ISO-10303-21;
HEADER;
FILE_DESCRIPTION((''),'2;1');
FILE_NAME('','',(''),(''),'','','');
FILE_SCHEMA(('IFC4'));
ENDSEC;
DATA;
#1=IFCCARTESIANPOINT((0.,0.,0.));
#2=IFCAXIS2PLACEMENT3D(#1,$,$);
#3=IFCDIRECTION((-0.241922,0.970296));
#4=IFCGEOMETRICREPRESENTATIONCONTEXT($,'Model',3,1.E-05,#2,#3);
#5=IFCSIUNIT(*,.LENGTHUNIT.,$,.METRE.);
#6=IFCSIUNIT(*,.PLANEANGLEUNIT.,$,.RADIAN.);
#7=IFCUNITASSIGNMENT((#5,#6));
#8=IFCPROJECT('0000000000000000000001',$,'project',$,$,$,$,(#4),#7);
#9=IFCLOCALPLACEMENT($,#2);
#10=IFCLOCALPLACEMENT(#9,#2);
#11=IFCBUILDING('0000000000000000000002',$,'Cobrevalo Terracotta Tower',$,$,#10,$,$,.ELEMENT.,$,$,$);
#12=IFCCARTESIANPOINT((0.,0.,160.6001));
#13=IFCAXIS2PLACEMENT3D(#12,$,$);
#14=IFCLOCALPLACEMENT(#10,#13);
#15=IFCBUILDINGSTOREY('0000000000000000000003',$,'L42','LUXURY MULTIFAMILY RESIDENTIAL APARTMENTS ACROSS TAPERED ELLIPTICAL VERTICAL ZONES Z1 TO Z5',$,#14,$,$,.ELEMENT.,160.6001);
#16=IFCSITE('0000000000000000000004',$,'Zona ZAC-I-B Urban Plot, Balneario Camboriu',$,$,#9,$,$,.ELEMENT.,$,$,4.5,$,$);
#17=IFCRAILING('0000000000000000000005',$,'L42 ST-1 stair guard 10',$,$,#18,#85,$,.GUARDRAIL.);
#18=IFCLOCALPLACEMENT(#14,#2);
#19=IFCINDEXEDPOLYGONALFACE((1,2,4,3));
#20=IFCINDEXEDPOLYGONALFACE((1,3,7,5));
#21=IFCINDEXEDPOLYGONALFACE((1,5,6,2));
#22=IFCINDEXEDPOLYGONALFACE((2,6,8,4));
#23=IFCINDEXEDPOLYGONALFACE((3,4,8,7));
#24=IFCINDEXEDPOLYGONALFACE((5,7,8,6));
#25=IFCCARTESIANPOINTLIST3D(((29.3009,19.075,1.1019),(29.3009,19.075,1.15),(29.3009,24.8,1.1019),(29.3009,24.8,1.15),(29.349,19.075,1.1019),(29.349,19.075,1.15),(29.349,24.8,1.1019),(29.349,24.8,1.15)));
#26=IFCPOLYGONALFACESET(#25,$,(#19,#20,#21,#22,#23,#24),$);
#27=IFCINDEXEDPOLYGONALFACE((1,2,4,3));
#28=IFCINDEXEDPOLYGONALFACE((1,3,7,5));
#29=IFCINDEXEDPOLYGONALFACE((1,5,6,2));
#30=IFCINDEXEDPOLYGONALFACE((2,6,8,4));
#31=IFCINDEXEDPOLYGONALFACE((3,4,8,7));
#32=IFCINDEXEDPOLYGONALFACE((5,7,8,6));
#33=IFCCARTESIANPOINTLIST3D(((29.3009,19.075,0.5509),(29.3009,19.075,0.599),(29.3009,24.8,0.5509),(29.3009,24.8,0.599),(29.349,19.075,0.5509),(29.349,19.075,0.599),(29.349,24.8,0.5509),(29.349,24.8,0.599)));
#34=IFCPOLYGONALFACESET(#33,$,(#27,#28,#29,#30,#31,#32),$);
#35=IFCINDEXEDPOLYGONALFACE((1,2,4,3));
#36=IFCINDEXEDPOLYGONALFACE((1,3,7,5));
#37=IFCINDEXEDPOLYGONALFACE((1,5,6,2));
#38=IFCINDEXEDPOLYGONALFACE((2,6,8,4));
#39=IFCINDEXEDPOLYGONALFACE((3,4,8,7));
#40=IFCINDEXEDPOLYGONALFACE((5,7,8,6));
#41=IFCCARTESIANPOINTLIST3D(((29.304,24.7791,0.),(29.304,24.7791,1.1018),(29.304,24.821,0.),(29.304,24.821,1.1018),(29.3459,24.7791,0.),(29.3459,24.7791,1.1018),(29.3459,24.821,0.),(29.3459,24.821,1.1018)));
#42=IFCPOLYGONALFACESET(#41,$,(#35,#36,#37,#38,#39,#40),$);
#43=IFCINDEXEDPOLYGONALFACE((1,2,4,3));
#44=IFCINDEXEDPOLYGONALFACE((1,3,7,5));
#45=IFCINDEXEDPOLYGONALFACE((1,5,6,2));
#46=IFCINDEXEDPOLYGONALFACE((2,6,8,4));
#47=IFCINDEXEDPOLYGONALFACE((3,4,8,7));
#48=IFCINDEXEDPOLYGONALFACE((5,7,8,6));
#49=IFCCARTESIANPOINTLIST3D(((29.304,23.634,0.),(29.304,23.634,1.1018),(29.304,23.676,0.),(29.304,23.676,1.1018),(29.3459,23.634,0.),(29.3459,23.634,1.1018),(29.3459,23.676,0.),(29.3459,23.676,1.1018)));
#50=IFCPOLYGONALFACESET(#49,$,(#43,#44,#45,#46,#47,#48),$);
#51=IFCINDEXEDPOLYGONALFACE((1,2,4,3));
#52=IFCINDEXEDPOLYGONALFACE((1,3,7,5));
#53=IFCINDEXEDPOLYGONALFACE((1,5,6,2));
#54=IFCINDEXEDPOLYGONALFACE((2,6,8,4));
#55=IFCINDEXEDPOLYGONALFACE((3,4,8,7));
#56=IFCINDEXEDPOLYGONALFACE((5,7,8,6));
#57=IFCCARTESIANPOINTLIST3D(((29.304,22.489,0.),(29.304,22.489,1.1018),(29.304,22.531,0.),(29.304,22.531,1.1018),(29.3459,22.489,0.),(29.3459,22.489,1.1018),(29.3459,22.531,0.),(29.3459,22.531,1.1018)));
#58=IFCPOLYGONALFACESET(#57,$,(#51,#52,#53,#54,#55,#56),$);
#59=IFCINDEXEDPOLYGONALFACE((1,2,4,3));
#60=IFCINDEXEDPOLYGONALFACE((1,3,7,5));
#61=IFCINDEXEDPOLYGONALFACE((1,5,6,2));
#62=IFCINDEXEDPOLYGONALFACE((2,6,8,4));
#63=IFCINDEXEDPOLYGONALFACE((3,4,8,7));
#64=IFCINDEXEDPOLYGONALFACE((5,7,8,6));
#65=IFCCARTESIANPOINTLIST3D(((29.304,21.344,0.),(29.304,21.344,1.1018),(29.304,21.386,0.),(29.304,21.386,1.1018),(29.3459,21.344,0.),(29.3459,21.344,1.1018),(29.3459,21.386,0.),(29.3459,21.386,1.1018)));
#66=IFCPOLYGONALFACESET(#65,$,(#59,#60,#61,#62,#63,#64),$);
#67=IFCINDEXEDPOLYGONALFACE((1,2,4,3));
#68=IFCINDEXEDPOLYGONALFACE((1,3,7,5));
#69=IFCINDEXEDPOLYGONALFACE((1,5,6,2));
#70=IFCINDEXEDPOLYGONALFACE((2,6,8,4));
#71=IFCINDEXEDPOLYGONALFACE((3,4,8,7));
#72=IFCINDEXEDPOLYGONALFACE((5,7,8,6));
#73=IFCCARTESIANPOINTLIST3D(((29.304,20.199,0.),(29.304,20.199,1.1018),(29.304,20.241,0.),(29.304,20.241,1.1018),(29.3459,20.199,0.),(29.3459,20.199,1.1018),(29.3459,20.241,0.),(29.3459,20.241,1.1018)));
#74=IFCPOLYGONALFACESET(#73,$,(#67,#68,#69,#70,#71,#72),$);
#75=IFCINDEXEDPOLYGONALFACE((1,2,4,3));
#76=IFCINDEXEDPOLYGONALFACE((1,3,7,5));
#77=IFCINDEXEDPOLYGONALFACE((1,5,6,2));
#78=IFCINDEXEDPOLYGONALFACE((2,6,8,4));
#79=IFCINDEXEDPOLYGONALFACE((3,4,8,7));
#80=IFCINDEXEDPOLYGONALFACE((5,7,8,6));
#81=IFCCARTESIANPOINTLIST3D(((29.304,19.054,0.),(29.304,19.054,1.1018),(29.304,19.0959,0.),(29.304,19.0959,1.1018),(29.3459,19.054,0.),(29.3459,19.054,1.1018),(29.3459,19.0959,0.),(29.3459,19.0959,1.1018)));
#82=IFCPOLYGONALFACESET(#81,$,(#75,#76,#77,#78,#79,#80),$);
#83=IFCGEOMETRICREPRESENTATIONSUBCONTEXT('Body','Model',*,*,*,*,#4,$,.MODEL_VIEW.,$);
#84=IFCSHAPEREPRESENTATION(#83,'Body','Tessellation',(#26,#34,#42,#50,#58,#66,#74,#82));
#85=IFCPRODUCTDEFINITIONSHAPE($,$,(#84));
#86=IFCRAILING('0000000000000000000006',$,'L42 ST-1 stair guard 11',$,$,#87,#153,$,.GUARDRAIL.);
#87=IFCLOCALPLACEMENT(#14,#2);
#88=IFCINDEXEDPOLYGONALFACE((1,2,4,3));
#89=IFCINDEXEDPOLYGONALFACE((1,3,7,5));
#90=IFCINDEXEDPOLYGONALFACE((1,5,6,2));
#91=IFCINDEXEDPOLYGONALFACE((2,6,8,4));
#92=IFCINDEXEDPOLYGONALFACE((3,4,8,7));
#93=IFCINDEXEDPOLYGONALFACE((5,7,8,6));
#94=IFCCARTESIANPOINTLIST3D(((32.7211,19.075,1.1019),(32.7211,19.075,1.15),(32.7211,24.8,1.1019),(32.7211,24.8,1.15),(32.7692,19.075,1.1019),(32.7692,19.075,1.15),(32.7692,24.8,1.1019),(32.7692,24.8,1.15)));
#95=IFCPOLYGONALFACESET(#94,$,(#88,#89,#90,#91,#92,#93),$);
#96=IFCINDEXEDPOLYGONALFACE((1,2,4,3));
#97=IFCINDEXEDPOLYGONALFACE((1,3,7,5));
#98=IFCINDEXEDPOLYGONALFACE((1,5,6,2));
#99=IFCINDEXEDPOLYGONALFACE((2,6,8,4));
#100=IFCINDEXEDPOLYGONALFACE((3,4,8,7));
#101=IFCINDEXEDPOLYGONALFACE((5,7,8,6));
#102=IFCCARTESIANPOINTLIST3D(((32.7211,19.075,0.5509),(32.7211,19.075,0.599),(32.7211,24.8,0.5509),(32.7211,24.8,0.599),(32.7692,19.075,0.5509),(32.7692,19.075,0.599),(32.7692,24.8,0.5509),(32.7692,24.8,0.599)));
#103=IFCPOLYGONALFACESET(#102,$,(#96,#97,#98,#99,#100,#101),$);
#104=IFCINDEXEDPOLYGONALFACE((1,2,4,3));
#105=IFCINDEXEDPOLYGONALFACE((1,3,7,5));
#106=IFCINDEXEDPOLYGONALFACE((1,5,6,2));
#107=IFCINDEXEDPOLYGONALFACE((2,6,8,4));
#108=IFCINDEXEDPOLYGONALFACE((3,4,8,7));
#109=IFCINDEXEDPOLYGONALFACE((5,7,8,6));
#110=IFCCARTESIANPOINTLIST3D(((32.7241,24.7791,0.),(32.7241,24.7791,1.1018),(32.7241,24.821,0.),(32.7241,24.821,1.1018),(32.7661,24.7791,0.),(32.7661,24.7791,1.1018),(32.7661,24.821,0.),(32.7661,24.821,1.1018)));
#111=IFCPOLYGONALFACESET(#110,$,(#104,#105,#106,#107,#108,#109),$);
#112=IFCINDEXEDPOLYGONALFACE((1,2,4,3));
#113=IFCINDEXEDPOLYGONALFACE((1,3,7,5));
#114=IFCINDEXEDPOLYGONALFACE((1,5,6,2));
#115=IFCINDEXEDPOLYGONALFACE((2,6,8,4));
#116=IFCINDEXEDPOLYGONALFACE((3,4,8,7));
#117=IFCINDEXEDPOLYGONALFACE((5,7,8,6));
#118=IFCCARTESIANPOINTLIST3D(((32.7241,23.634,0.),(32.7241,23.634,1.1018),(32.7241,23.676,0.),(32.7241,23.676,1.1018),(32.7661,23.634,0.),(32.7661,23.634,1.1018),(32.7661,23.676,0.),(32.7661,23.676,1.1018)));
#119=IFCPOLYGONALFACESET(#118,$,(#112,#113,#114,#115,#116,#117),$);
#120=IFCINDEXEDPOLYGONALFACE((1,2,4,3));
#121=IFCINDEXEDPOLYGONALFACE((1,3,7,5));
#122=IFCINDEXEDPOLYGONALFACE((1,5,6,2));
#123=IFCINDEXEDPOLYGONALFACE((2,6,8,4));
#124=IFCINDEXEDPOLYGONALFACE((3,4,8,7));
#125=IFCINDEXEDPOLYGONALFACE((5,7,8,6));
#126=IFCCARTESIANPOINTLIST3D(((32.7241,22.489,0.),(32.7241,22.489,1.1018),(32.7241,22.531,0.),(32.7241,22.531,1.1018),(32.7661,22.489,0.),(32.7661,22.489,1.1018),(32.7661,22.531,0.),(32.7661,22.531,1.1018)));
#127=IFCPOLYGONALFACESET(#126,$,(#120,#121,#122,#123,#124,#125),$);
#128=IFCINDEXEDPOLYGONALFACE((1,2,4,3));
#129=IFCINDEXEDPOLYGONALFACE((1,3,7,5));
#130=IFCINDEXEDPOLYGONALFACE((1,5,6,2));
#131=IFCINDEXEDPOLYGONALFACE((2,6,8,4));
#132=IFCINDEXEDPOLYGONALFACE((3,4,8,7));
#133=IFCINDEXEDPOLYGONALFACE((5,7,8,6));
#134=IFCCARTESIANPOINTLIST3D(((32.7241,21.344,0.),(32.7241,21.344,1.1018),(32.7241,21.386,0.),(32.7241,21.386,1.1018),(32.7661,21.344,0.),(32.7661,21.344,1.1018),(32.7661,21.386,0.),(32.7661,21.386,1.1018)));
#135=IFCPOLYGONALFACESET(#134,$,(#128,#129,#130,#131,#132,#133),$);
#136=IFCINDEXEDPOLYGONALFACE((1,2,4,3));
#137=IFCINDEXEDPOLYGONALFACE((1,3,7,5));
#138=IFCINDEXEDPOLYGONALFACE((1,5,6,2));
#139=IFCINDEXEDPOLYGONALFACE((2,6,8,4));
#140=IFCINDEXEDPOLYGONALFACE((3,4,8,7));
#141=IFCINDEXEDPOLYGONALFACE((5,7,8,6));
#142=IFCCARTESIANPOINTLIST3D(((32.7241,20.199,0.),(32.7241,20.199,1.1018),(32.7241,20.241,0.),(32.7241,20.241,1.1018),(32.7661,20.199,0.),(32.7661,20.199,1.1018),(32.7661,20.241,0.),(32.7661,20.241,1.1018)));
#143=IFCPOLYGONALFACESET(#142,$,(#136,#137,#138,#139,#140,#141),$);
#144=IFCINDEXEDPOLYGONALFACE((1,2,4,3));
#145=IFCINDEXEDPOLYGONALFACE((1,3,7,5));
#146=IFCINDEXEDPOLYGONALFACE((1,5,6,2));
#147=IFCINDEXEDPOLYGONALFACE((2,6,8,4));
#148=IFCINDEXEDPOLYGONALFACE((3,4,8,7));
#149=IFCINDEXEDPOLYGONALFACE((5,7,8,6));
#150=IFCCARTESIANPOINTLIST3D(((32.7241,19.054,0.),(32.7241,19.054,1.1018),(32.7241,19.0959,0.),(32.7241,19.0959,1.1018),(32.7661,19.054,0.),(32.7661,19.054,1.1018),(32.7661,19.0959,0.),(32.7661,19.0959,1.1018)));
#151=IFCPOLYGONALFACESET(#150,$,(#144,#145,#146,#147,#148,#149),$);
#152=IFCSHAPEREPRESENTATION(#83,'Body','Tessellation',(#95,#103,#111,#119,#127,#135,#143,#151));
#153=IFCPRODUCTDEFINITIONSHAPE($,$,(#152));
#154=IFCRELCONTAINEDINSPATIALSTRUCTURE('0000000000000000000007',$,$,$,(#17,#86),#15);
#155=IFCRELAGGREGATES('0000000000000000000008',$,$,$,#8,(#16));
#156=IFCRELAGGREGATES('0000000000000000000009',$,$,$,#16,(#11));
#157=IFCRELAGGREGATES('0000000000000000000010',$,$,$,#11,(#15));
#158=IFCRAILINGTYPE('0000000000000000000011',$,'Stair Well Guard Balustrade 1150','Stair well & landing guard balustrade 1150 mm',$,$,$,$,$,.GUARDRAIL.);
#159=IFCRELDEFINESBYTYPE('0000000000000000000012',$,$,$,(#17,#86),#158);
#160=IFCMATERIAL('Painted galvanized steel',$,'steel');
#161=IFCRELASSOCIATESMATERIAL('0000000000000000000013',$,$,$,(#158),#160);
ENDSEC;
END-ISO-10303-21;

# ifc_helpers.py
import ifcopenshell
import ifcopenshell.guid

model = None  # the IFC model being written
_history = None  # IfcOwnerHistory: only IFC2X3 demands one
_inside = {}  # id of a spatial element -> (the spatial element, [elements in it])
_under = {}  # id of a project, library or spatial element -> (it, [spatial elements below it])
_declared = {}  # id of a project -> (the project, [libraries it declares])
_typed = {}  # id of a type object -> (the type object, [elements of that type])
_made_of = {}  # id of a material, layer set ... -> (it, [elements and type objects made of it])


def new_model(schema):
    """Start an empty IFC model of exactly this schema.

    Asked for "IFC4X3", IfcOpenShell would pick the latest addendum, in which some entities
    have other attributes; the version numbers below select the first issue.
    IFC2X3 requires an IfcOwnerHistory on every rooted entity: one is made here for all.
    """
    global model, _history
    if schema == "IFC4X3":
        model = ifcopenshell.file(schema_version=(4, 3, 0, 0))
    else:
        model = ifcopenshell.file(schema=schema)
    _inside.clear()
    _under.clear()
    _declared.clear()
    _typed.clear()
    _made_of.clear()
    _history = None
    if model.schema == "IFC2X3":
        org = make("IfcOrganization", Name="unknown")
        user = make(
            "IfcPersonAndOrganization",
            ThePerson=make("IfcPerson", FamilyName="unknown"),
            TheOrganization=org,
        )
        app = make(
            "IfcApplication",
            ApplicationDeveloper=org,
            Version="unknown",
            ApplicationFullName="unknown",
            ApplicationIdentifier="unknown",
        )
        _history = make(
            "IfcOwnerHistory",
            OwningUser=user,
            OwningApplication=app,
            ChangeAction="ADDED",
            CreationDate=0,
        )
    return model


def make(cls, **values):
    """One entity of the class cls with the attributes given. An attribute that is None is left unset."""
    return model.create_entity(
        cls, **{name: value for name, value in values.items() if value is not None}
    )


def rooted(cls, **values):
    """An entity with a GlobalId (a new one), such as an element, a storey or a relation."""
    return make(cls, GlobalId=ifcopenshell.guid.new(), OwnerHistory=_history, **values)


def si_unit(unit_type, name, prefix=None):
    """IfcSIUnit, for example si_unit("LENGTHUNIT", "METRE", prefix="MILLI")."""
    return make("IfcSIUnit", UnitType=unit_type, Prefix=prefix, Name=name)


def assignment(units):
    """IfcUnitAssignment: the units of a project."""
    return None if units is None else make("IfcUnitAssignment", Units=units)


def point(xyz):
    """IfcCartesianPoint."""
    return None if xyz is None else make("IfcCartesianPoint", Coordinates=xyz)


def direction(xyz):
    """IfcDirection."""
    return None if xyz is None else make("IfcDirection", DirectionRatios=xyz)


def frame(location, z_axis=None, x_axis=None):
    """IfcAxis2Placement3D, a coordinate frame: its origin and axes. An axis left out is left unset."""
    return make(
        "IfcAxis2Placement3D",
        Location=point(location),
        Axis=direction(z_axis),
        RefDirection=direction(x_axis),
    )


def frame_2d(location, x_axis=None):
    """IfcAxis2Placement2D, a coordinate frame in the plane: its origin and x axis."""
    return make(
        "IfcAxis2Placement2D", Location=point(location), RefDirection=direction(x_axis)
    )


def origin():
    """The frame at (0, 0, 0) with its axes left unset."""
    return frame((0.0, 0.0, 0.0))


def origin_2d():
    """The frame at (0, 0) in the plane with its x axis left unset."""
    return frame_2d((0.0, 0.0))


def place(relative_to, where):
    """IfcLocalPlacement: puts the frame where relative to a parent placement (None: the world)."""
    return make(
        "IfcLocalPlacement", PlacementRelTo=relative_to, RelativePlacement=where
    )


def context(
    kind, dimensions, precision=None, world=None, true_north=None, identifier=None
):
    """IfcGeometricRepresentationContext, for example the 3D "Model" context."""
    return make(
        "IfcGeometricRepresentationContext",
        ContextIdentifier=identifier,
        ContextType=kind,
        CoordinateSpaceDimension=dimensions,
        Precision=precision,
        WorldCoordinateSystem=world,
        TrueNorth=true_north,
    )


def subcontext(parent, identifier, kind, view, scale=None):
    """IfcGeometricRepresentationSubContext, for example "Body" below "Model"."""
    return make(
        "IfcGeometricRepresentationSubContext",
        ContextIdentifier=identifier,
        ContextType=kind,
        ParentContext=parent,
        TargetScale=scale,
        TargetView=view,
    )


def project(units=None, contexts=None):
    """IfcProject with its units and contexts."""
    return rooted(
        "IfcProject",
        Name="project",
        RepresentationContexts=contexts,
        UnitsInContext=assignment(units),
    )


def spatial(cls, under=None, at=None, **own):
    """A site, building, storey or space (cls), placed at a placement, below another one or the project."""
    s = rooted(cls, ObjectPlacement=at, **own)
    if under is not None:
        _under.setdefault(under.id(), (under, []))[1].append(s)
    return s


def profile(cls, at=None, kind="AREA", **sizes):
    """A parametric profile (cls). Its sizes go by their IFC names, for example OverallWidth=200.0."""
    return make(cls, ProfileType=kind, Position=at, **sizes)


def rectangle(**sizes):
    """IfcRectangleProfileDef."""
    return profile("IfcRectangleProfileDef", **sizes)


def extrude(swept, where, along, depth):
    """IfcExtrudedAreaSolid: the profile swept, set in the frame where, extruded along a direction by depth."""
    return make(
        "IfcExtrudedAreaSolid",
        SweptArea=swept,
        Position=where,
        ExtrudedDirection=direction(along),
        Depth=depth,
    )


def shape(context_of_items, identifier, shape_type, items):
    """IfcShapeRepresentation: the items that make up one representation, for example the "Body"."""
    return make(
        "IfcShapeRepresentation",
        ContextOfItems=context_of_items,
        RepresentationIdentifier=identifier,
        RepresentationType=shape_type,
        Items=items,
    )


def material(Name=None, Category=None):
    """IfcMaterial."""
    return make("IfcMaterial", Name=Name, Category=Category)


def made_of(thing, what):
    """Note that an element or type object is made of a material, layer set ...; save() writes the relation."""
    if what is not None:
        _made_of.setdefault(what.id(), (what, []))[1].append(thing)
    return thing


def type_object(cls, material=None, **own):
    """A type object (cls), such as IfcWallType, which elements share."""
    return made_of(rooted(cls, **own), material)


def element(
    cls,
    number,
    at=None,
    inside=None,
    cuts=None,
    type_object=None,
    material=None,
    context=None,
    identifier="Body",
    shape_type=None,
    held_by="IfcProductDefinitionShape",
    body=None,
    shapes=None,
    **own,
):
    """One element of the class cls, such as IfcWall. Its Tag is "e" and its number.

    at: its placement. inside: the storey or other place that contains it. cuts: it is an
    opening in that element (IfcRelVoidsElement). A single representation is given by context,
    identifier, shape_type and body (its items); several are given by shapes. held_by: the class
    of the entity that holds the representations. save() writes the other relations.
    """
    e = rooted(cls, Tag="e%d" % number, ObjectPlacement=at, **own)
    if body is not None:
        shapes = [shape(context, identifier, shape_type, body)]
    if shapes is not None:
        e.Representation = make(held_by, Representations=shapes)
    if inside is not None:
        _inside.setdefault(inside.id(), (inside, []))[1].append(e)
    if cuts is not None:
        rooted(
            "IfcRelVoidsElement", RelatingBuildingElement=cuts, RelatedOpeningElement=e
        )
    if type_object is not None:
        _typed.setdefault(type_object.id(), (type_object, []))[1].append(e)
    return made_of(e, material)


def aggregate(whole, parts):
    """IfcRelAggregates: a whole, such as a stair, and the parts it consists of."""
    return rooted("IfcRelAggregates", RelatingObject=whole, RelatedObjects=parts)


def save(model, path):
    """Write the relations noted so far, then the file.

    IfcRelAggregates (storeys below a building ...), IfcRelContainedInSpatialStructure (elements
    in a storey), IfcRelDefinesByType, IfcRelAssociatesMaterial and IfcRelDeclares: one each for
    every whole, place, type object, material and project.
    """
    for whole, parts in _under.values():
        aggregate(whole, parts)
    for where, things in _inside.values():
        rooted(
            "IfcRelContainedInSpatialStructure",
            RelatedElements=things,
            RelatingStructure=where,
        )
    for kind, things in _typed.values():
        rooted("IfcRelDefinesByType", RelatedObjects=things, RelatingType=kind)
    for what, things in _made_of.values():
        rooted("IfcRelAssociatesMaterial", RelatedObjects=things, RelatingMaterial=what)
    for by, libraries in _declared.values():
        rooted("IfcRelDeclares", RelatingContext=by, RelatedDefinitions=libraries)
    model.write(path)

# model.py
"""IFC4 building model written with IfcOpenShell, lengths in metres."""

from ifc_helpers import new_model, si_unit, direction, frame, origin, origin_2d, place, context, subcontext, project, spatial, rectangle, extrude, material, type_object, element, save


model = new_model("IFC4")

# Units and contexts
model_context = context("Model", 3, precision=1e-05, world=origin(), true_north=direction((-0.241922, 0.970296)))
body_context = subcontext(model_context, "Body", "Model", "MODEL_VIEW")
ifc_project = project(units=[si_unit("LENGTHUNIT", "METRE"), si_unit("PLANEANGLEUNIT", "RADIAN")], contexts=[model_context])

# Site, building, storey
site_placement = place(None, origin())
site = spatial("IfcSite", under=ifc_project, at=site_placement, Name="Zona ZAC-I-B Urban Plot, Balneario Camboriu", CompositionType="ELEMENT", RefElevation=4.5)
building_placement = place(site_placement, origin())
building = spatial("IfcBuilding", under=site, at=building_placement, Name="Cobrevalo Terracotta Tower", CompositionType="ELEMENT")
storey_placement = place(building_placement, frame((0.0, 0.0, 160.6001)))
storey = spatial("IfcBuildingStorey", under=building, at=storey_placement, Name="L42", Description="LUXURY MULTIFAMILY RESIDENTIAL APARTMENTS ACROSS TAPERED ELLIPTICAL VERTICAL ZONES Z1 TO Z5", CompositionType="ELEMENT", Elevation=160.6001)

# Railings
ifc_material_1 = material(Name="Painted galvanized steel", Category="steel")
railing_type_1 = type_object("IfcRailingType", Name="Stair Well Guard Balustrade 1150", Description="Stair well & landing guard balustrade 1150 mm", PredefinedType="GUARDRAIL", material=ifc_material_1)
for number, where, name in (
    (1, (29.325, 24.8, 0.0), "L42 ST-1 stair guard 10"),
    (2, (32.7451, 24.8, 0.0), "L42 ST-1 stair guard 11"),
):
    element("IfcRailing", number, at=place(storey_placement, frame(where)), inside=storey, type_object=railing_type_1, Name=name, PredefinedType="GUARDRAIL", context=body_context, shape_type="SweptSolid", body=[
        extrude(rectangle(XDim=0.0481, YDim=0.0481, at=origin_2d()), frame((0.0, 0.0, 1.126), z_axis=(0.0, -1.0, 0.0), x_axis=(1.0, 0.0, 0.0)), (0.0, 0.0, 1.0), 5.7251),
        extrude(rectangle(XDim=0.0481, YDim=0.0481, at=origin_2d()), frame((0.0, 0.0, 0.575), z_axis=(0.0, -1.0, 0.0), x_axis=(1.0, 0.0, 0.0)), (0.0, 0.0, 1.0), 5.7251),
        extrude(rectangle(XDim=0.042, YDim=0.042, at=origin_2d()), origin(), (0.0, 0.0, 1.0), 1.1018),
        extrude(rectangle(XDim=0.042, YDim=0.042, at=origin_2d()), frame((0.0, -1.145, 0.0)), (0.0, 0.0, 1.0), 1.1018),
        extrude(rectangle(XDim=0.042, YDim=0.042, at=origin_2d()), frame((0.0, -2.29, 0.0)), (0.0, 0.0, 1.0), 1.1018),
        extrude(rectangle(XDim=0.042, YDim=0.042, at=origin_2d()), frame((0.0, -3.4351, 0.0)), (0.0, 0.0, 1.0), 1.1018),
        extrude(rectangle(XDim=0.042, YDim=0.042, at=origin_2d()), frame((0.0, -4.5801, 0.0)), (0.0, 0.0, 1.0), 1.1018),
        extrude(rectangle(XDim=0.042, YDim=0.042, at=origin_2d()), frame((0.0, -5.7251, 0.0)), (0.0, 0.0, 1.0), 1.1018),
    ])

save(model, "model.ifc")
